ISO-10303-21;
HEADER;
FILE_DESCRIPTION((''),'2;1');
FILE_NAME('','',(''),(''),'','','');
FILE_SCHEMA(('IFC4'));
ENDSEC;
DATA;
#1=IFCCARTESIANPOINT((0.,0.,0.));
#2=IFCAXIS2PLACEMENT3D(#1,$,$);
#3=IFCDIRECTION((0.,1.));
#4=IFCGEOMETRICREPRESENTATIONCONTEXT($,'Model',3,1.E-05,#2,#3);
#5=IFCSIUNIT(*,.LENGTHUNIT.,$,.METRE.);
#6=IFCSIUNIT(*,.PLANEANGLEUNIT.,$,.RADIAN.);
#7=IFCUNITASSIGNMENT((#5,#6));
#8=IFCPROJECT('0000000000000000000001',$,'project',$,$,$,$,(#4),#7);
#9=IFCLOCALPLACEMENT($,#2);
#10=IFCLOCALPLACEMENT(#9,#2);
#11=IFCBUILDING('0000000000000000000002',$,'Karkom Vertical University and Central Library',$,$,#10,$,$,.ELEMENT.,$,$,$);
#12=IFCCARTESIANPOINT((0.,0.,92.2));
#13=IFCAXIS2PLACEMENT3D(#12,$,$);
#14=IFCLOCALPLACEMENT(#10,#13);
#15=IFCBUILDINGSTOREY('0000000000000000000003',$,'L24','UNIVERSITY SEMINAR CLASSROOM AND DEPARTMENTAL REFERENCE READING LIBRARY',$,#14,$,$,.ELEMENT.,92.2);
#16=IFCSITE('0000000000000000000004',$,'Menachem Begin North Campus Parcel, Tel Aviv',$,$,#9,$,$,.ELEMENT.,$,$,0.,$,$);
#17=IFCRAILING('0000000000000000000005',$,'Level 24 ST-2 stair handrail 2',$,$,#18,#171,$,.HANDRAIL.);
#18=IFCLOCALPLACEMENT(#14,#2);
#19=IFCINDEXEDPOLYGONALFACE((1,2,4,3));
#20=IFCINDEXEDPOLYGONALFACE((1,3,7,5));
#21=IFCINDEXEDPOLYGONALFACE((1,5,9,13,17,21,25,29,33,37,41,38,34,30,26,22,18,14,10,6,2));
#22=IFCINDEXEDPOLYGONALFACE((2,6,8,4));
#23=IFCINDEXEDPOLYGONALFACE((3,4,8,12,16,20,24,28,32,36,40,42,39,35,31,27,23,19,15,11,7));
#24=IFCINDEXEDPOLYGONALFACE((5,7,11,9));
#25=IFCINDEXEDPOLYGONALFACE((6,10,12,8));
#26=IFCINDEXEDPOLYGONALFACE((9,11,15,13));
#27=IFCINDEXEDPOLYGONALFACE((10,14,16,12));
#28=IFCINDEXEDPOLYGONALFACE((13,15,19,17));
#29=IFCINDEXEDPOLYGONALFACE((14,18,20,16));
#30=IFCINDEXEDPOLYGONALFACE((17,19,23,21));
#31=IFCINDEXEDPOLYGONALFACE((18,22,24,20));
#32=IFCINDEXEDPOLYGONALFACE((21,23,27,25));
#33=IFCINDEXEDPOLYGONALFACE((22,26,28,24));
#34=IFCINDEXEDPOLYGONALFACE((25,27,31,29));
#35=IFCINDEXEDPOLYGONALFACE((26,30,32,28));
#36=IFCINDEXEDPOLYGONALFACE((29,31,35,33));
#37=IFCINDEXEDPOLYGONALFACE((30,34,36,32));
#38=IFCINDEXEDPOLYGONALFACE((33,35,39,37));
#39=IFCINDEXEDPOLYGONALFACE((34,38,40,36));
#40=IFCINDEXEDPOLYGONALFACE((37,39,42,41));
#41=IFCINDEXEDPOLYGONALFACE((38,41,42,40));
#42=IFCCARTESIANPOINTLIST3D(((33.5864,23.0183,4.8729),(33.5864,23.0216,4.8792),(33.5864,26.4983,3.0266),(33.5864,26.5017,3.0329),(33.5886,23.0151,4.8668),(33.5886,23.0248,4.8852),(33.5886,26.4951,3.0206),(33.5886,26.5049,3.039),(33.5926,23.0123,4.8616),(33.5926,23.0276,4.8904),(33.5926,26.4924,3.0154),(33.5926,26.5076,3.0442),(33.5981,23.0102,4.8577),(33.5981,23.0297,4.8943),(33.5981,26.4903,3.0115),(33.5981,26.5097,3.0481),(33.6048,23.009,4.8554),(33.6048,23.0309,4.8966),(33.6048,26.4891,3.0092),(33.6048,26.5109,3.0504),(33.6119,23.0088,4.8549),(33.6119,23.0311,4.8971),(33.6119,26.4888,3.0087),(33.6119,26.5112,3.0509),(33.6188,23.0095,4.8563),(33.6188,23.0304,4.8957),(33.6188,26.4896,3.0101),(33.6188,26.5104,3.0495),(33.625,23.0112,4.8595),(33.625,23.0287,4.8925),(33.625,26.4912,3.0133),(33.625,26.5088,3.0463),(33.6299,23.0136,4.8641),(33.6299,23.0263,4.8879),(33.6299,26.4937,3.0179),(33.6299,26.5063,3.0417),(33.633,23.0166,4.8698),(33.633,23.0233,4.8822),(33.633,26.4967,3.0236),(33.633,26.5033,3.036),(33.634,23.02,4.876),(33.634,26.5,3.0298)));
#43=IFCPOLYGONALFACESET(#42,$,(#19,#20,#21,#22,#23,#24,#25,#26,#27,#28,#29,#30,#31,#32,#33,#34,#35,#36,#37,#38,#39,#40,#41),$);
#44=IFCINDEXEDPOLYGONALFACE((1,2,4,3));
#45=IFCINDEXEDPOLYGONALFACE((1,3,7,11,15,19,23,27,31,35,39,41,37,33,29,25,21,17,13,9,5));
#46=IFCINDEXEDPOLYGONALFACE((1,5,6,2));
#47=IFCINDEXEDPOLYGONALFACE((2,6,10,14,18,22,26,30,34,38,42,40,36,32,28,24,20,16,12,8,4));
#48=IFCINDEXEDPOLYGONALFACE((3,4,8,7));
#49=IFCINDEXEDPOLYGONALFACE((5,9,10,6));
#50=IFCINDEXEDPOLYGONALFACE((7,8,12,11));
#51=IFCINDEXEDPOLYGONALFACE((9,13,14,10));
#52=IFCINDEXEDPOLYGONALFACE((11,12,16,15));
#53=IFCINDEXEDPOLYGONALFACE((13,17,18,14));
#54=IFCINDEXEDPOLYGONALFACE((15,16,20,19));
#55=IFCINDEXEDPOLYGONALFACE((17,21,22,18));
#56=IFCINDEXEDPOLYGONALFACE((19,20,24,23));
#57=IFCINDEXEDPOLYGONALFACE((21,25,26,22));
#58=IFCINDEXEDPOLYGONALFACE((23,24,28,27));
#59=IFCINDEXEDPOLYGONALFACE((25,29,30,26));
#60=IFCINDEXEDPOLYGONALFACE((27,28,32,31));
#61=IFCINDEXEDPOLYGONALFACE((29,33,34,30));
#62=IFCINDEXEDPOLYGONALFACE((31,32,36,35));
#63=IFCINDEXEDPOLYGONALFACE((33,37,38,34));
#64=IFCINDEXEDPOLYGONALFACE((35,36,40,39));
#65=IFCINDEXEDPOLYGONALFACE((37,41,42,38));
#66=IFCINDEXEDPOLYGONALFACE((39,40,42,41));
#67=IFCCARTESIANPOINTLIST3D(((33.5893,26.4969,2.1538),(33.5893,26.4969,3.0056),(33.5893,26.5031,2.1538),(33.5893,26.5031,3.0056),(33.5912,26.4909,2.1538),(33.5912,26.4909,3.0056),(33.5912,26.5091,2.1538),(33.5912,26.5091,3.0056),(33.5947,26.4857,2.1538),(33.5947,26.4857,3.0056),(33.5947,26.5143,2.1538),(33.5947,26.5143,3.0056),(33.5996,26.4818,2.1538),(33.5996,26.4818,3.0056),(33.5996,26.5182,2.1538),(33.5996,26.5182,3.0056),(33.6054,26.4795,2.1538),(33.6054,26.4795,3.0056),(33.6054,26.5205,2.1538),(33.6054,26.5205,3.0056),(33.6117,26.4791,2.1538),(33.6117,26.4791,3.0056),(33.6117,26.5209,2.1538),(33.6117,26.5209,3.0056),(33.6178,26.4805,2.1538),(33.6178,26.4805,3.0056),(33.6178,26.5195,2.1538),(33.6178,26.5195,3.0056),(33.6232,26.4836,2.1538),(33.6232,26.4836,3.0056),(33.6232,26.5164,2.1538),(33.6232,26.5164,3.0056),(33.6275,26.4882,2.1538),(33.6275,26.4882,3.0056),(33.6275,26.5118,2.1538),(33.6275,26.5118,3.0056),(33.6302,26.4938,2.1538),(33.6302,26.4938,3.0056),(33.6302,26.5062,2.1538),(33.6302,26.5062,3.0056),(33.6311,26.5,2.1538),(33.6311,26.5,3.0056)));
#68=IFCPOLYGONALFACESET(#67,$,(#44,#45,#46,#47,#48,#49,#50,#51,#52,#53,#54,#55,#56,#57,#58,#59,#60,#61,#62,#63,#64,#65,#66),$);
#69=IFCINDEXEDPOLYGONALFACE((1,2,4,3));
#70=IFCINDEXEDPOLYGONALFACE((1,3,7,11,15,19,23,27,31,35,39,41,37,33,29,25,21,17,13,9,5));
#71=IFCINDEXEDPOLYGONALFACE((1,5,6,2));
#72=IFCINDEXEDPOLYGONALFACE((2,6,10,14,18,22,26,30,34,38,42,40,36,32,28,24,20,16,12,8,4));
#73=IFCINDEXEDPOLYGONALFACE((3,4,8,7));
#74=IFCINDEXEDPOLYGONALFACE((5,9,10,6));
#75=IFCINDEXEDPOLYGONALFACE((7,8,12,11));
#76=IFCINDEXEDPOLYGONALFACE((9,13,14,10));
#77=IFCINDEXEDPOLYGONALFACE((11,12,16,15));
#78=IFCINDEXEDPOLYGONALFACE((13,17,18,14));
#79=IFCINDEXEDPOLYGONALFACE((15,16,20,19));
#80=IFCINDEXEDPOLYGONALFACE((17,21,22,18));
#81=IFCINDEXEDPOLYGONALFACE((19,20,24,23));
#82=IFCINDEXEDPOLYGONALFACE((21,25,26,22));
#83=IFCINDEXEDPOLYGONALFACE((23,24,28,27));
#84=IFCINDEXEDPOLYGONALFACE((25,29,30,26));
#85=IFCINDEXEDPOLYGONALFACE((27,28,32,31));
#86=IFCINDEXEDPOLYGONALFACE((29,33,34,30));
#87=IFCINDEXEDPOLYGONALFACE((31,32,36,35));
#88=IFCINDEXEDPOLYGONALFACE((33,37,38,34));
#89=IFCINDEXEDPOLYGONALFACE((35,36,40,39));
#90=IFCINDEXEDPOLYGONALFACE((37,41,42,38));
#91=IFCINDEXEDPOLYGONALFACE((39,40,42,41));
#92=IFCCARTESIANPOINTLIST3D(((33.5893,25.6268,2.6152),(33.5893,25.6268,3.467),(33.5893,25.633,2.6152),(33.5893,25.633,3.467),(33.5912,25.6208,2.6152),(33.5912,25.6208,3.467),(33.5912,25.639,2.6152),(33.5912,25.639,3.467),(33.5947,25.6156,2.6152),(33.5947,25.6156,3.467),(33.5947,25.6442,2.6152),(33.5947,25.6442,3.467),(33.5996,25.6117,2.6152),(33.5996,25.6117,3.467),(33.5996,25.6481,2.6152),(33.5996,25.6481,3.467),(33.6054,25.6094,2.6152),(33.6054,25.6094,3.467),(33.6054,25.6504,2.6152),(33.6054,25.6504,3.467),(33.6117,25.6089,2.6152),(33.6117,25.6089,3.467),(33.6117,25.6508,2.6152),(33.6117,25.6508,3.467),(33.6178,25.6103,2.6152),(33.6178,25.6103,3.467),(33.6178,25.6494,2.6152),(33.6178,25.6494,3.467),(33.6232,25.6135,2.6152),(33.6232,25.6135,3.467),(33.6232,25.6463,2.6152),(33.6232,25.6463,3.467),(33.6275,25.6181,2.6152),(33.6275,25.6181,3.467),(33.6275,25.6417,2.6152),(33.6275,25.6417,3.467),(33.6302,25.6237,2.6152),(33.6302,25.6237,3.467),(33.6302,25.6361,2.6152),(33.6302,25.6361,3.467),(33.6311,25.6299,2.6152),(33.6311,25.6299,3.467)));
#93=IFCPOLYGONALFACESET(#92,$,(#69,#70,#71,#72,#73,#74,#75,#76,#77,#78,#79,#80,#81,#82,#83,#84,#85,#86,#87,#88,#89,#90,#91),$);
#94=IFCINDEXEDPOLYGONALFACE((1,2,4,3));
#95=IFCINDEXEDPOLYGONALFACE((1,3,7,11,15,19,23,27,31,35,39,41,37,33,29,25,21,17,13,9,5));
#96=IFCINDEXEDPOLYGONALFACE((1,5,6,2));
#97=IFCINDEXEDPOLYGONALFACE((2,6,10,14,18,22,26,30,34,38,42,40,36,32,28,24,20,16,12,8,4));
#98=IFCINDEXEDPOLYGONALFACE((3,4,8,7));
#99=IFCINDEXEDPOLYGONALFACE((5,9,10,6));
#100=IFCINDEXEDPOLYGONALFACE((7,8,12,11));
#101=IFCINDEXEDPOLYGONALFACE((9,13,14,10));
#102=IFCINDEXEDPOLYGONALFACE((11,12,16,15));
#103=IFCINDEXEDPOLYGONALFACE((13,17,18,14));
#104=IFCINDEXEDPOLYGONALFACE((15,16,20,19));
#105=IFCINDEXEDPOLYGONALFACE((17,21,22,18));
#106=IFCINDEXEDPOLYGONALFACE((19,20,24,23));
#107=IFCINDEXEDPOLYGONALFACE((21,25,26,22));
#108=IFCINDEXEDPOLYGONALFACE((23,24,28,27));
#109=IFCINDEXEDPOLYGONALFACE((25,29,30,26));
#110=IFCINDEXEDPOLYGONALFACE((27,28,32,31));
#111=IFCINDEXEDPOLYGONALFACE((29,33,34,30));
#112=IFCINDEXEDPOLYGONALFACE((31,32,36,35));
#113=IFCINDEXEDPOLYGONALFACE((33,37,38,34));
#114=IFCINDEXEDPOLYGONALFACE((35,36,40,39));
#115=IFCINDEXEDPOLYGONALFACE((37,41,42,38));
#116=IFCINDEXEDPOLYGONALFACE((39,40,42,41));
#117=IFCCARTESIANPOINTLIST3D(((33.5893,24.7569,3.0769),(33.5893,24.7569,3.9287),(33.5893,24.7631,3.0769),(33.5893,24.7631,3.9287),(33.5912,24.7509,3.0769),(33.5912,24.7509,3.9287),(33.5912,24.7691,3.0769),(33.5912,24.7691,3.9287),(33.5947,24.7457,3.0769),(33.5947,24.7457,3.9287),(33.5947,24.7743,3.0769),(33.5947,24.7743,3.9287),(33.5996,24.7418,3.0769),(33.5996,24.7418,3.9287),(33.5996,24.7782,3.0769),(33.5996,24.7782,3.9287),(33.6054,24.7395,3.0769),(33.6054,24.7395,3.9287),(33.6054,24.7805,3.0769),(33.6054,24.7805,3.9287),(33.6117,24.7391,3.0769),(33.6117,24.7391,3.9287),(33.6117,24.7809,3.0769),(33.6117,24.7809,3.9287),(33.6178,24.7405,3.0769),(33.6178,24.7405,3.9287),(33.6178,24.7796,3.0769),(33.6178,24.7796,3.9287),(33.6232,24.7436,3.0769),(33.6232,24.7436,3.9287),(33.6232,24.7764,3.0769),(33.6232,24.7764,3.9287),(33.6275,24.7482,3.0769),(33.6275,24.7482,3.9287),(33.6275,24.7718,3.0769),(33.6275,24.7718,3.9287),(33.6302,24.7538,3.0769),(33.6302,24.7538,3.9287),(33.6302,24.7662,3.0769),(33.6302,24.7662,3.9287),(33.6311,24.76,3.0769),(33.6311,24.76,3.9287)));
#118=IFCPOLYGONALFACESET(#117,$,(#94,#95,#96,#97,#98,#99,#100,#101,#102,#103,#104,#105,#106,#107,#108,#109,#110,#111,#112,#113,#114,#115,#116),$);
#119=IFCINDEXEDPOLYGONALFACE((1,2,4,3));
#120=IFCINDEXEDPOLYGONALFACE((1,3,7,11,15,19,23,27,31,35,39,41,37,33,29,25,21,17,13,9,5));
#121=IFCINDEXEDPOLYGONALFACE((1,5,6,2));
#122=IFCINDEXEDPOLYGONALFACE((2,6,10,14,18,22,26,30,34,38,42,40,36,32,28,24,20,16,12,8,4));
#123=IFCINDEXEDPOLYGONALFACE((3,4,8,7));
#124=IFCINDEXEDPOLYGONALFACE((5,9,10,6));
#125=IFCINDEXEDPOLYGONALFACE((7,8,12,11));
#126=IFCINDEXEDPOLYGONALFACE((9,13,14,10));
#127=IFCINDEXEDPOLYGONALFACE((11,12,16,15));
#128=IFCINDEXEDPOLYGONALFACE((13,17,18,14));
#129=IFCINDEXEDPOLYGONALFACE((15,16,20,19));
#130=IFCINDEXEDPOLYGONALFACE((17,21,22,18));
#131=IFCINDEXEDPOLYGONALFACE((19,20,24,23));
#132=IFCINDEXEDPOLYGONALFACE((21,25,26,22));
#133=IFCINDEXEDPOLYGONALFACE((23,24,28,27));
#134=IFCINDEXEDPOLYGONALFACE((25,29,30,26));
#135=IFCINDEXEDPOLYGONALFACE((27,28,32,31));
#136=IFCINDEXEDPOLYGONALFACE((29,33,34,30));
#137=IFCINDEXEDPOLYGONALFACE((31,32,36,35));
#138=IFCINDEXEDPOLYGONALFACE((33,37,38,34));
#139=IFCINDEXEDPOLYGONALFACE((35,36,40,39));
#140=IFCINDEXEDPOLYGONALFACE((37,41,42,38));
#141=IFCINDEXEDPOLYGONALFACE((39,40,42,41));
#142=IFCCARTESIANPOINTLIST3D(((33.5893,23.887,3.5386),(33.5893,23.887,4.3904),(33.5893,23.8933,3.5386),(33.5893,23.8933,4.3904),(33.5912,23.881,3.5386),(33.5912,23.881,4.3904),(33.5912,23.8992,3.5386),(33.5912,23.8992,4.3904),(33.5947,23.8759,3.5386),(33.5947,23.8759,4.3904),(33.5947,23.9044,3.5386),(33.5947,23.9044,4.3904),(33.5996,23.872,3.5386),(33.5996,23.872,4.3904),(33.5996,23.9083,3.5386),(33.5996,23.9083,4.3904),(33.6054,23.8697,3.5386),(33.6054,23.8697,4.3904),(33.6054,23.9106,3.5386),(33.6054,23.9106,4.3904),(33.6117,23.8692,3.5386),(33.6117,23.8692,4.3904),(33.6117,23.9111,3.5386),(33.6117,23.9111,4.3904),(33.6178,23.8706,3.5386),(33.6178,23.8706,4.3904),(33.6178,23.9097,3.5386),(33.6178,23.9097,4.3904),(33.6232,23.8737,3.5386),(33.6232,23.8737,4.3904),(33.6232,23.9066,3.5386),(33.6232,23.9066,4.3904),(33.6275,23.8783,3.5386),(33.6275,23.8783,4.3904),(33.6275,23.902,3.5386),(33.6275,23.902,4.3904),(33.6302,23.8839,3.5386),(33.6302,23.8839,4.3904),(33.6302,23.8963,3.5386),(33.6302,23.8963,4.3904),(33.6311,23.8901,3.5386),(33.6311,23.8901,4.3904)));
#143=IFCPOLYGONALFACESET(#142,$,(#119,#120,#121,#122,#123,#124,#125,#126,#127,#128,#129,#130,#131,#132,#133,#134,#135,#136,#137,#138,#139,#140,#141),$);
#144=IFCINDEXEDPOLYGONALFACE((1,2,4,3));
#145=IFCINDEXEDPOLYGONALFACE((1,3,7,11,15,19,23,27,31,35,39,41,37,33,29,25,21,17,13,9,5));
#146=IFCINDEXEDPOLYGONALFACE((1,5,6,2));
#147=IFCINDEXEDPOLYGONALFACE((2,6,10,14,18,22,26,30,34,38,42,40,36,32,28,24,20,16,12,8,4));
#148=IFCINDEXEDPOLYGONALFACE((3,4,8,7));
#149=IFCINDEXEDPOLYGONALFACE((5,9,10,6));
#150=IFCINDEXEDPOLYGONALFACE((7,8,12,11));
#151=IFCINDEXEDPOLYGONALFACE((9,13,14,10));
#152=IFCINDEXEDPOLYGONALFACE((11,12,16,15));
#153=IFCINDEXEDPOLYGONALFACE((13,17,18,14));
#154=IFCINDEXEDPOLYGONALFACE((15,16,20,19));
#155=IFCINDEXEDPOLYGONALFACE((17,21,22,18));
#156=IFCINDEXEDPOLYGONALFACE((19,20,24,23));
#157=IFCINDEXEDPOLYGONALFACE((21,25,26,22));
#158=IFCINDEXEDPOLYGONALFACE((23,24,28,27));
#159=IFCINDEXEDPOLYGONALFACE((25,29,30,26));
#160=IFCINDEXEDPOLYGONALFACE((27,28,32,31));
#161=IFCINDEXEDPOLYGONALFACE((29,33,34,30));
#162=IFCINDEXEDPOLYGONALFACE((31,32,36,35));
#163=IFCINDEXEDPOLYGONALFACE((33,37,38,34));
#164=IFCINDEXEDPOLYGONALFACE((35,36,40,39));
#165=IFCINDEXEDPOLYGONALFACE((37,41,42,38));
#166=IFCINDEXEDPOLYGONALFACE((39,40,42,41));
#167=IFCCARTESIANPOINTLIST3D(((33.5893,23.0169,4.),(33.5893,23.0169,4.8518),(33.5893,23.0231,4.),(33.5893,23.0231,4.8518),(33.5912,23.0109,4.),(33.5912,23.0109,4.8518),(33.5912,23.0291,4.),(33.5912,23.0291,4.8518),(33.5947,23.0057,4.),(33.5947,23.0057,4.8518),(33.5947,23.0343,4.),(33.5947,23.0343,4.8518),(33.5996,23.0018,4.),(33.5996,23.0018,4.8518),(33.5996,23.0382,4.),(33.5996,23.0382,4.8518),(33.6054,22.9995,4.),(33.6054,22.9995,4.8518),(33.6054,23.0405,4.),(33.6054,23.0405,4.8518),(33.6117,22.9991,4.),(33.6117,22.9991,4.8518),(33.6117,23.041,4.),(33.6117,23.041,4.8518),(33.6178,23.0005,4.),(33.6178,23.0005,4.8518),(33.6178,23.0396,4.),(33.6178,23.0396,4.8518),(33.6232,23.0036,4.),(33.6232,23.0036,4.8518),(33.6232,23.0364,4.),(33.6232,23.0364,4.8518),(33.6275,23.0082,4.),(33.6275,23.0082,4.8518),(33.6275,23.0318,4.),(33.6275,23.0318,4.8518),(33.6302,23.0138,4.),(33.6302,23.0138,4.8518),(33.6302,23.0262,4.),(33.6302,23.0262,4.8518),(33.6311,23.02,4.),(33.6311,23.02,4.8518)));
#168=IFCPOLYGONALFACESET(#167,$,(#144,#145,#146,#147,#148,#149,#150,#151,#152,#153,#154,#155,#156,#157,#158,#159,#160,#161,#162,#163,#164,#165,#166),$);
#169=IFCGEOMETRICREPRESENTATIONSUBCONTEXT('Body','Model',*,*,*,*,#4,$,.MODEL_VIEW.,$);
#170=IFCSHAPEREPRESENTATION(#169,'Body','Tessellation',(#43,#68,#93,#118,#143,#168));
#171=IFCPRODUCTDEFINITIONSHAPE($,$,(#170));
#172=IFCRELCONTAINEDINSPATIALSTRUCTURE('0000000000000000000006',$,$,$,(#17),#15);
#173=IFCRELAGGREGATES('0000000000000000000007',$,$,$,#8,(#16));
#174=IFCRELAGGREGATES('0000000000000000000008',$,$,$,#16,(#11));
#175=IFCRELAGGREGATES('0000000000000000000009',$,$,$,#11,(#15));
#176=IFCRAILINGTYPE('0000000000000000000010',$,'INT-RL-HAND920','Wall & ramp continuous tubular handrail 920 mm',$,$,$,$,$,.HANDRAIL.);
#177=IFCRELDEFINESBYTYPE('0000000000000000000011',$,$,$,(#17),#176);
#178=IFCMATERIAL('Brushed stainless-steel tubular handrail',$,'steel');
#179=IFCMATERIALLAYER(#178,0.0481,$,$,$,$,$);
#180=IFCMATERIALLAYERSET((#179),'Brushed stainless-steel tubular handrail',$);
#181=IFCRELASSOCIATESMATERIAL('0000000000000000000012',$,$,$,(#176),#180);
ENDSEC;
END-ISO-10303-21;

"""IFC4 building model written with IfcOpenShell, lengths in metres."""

from ifc_helpers import new_model, si_unit, direction, frame, origin, origin_2d, place, context, subcontext, project, spatial, circle, extrude, material, layer, layer_set, type_object, element, save


model = new_model("IFC4")

# Units and contexts
model_context = context("Model", 3, precision=1e-05, world=origin(), true_north=direction((0.0, 1.0)))
body_context = subcontext(model_context, "Body", "Model", "MODEL_VIEW")
ifc_project = project(units=[si_unit("LENGTHUNIT", "METRE"), si_unit("PLANEANGLEUNIT", "RADIAN")], contexts=[model_context])

# Site, building, storey
site_placement = place(None, origin())
site = spatial("IfcSite", under=ifc_project, at=site_placement, Name="Menachem Begin North Campus Parcel, Tel Aviv", CompositionType="ELEMENT", RefElevation=0.0)
building_placement = place(site_placement, origin())
building = spatial("IfcBuilding", under=site, at=building_placement, Name="Karkom Vertical University and Central Library", CompositionType="ELEMENT")
storey_placement = place(building_placement, frame((0.0, 0.0, 92.2)))
storey = spatial("IfcBuildingStorey", under=building, at=storey_placement, Name="L24", Description="UNIVERSITY SEMINAR CLASSROOM AND DEPARTMENTAL REFERENCE READING LIBRARY", CompositionType="ELEMENT", Elevation=92.2)

# Railing
ifc_material_1 = material(Name="Brushed stainless-steel tubular handrail", Category="steel")
ifc_layer_1 = layer(ifc_material_1, 0.0481)
ifc_layer_set_1 = layer_set([ifc_layer_1], Name="Brushed stainless-steel tubular handrail")
railing_type_1 = type_object("IfcRailingType", Name="INT-RL-HAND920", Description="Wall & ramp continuous tubular handrail 920 mm", PredefinedType="HANDRAIL", material=ifc_layer_set_1)
railing_1_placement = place(storey_placement, frame((33.6101, 26.5, 2.1538)))
element("IfcRailing", 1, at=railing_1_placement, inside=storey, type_object=railing_type_1, Name="Level 24 ST-2 stair handrail 2", PredefinedType="HANDRAIL", context=body_context, shape_type="SweptSolid", body=[
    extrude(circle(Radius=0.0239, at=origin_2d()), frame((0.0, 0.0, 0.876), z_axis=(0.0, -0.883384, 0.468651), x_axis=(1.0, 0.0, 0.0)), (0.0, 0.0, 1.0), 3.9395),
    extrude(circle(Radius=0.021, at=origin_2d()), origin(), (0.0, 0.0, 1.0), 0.8518),
    extrude(circle(Radius=0.021, at=origin_2d()), frame((0.0, -0.8701, 0.4614)), (0.0, 0.0, 1.0), 0.8518),
    extrude(circle(Radius=0.021, at=origin_2d()), frame((0.0, -1.74, 0.9231)), (0.0, 0.0, 1.0), 0.8518),
    extrude(circle(Radius=0.021, at=origin_2d()), frame((0.0, -2.6099, 1.3848)), (0.0, 0.0, 1.0), 0.8518),
    extrude(circle(Radius=0.021, at=origin_2d()), frame((0.0, -3.48, 1.8462)), (0.0, 0.0, 1.0), 0.8518),
])

save(model, "model.ifc")
